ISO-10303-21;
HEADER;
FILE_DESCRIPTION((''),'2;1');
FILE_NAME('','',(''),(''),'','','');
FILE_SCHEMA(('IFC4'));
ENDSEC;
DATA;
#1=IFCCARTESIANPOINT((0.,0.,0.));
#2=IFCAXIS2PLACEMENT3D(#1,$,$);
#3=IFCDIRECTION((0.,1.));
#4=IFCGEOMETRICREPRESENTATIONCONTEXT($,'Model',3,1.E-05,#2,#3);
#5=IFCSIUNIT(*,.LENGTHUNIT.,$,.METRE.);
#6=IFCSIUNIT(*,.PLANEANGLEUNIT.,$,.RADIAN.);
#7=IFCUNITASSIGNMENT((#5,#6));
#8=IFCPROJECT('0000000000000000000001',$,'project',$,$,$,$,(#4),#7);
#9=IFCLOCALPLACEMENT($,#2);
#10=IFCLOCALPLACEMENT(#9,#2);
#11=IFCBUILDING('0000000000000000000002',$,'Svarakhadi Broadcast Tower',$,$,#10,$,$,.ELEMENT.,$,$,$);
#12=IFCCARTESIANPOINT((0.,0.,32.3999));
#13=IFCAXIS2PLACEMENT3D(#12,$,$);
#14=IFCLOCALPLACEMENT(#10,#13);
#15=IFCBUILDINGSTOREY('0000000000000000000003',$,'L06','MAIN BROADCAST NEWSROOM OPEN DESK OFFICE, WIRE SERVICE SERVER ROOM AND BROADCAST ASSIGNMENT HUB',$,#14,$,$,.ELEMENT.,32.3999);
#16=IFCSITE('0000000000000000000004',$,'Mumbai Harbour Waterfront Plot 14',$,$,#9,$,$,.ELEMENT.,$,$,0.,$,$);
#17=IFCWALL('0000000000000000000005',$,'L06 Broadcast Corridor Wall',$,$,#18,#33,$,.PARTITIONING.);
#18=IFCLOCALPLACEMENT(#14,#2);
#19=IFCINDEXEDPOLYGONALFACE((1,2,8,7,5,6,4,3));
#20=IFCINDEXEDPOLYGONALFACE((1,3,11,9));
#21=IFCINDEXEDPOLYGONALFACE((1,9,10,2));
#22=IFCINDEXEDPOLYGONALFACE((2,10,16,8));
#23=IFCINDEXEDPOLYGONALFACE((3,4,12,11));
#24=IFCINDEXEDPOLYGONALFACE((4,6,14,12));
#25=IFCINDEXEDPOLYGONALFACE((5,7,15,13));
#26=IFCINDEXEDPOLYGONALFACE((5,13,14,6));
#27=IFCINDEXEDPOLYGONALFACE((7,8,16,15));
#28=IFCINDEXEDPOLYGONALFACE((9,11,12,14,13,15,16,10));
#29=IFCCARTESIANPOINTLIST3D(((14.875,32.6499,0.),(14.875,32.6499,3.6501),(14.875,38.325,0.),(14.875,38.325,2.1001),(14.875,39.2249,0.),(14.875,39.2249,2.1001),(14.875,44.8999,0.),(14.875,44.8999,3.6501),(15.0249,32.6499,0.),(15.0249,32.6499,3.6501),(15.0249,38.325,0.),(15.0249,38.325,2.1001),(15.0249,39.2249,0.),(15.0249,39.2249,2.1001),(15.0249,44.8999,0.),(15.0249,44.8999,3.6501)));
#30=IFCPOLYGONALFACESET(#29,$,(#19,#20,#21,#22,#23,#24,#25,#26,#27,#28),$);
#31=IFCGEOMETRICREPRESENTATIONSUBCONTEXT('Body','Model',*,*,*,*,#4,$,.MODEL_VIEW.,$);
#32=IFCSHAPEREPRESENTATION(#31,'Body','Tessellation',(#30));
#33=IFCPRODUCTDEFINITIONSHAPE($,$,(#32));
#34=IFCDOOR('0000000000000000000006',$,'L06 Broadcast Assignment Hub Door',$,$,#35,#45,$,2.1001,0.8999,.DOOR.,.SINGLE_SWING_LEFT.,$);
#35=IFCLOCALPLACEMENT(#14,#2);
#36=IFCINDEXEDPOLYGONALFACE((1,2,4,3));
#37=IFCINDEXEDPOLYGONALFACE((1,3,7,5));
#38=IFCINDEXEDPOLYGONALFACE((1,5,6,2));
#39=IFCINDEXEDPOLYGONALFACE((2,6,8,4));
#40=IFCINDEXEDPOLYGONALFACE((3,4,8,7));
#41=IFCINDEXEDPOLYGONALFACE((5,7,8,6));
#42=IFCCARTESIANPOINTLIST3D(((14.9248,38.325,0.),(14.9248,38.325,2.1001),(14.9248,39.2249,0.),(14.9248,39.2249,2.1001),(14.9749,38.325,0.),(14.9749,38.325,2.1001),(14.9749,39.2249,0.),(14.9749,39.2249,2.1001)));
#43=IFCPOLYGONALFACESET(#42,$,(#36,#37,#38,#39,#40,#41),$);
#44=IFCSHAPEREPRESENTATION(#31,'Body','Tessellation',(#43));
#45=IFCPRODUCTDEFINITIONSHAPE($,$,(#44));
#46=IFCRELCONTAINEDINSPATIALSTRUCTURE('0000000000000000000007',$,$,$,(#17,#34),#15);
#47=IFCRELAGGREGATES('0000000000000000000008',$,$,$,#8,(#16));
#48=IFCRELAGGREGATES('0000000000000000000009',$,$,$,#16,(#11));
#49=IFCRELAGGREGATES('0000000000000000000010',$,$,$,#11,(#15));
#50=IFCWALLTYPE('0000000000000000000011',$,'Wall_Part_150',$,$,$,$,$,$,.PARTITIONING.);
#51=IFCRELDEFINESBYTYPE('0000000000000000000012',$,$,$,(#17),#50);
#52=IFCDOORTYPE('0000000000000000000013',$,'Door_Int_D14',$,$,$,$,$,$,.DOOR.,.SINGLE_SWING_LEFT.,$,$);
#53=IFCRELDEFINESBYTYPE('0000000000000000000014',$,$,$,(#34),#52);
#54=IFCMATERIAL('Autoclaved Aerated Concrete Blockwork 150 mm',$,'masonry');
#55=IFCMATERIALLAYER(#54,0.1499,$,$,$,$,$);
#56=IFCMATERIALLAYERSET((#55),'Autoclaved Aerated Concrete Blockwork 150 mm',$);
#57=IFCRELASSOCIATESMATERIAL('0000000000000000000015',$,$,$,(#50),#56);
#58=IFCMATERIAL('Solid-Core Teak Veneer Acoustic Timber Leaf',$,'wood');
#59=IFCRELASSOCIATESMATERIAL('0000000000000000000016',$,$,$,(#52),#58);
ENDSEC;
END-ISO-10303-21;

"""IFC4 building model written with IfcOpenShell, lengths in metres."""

from ifc_helpers import new_model, si_unit, direction, frame, frame_2d, origin, place, context, subcontext, project, spatial, rectangle, extrude, material, layer, layer_set, type_object, element, fill, save


model = new_model("IFC4")

# Units and contexts
model_context = context("Model", 3, precision=1e-05, world=origin(), true_north=direction((0.0, 1.0)))
body_context = subcontext(model_context, "Body", "Model", "MODEL_VIEW")
ifc_project = project(units=[si_unit("LENGTHUNIT", "METRE"), si_unit("PLANEANGLEUNIT", "RADIAN")], contexts=[model_context])

# Site, building, storey
site_placement = place(None, origin())
site = spatial("IfcSite", under=ifc_project, at=site_placement, Name="Mumbai Harbour Waterfront Plot 14", CompositionType="ELEMENT", RefElevation=0.0)
building_placement = place(site_placement, origin())
building = spatial("IfcBuilding", under=site, at=building_placement, Name="Svarakhadi Broadcast Tower", CompositionType="ELEMENT")
storey_placement = place(building_placement, frame((0.0, 0.0, 32.3999)))
storey = spatial("IfcBuildingStorey", under=building, at=storey_placement, Name="L06", Description="MAIN BROADCAST NEWSROOM OPEN DESK OFFICE, WIRE SERVICE SERVER ROOM AND BROADCAST ASSIGNMENT HUB", CompositionType="ELEMENT", Elevation=32.3999)

# Shared definitions
ifc_material_1 = material(Name="Autoclaved Aerated Concrete Blockwork 150 mm", Category="masonry")
ifc_layer_1 = layer(ifc_material_1, 0.1499)
ifc_layer_set_1 = layer_set([ifc_layer_1], Name="Autoclaved Aerated Concrete Blockwork 150 mm")
wall_type_1 = type_object("IfcWallType", Name="Wall_Part_150", PredefinedType="PARTITIONING", material=ifc_layer_set_1)

# Wall, opening, door
wall_1_placement = place(storey_placement, frame((14.95, 44.8999, 0.0), z_axis=(0.0, 0.0, 1.0), x_axis=(0.0, -1.0, 0.0)))
wall_1 = element("IfcWall", 1, at=wall_1_placement, inside=storey, type_object=wall_type_1, Name="L06 Broadcast Corridor Wall", PredefinedType="PARTITIONING", context=body_context, shape_type="SweptSolid", body=[
    extrude(rectangle(XDim=12.25, YDim=0.1499, at=frame_2d((6.125, 0.0))), origin(), (0.0, 0.0, 1.0), 3.6501),
])
opening_placement = place(wall_1_placement, frame((5.675, 0.0, 0.0)))
opening = element("IfcOpeningElement", 2, at=opening_placement, cuts=wall_1, PredefinedType="OPENING", context=body_context, shape_type="SweptSolid", body=[
    extrude(rectangle(XDim=0.8999, YDim=2.1001, at=frame_2d((0.45, 1.05))), frame((0.0, 0.085, 0.0), z_axis=(0.0, -1.0, 0.0), x_axis=(1.0, 0.0, 0.0)), (0.0, 0.0, 1.0), 0.1699),
])
ifc_material_2 = material(Name="Solid-Core Teak Veneer Acoustic Timber Leaf", Category="wood")
door_type = type_object("IfcDoorType", Name="Door_Int_D14", OperationType="SINGLE_SWING_LEFT", PredefinedType="DOOR", material=ifc_material_2)
door_placement = place(opening_placement, origin())
door = element("IfcDoor", 3, at=door_placement, inside=storey, type_object=door_type, Name="L06 Broadcast Assignment Hub Door", OperationType="SINGLE_SWING_LEFT", OverallHeight=2.1001, OverallWidth=0.8999, PredefinedType="DOOR", context=body_context, shape_type="SweptSolid", body=[
    extrude(rectangle(XDim=0.8999, YDim=2.1001, at=frame_2d((0.45, 1.05))), frame((0.0, 0.0249, 0.0), z_axis=(0.0, -1.0, 0.0), x_axis=(1.0, 0.0, 0.0)), (0.0, 0.0, 1.0), 0.05),
])
fill(opening, door)

save(model, "model.ifc")
